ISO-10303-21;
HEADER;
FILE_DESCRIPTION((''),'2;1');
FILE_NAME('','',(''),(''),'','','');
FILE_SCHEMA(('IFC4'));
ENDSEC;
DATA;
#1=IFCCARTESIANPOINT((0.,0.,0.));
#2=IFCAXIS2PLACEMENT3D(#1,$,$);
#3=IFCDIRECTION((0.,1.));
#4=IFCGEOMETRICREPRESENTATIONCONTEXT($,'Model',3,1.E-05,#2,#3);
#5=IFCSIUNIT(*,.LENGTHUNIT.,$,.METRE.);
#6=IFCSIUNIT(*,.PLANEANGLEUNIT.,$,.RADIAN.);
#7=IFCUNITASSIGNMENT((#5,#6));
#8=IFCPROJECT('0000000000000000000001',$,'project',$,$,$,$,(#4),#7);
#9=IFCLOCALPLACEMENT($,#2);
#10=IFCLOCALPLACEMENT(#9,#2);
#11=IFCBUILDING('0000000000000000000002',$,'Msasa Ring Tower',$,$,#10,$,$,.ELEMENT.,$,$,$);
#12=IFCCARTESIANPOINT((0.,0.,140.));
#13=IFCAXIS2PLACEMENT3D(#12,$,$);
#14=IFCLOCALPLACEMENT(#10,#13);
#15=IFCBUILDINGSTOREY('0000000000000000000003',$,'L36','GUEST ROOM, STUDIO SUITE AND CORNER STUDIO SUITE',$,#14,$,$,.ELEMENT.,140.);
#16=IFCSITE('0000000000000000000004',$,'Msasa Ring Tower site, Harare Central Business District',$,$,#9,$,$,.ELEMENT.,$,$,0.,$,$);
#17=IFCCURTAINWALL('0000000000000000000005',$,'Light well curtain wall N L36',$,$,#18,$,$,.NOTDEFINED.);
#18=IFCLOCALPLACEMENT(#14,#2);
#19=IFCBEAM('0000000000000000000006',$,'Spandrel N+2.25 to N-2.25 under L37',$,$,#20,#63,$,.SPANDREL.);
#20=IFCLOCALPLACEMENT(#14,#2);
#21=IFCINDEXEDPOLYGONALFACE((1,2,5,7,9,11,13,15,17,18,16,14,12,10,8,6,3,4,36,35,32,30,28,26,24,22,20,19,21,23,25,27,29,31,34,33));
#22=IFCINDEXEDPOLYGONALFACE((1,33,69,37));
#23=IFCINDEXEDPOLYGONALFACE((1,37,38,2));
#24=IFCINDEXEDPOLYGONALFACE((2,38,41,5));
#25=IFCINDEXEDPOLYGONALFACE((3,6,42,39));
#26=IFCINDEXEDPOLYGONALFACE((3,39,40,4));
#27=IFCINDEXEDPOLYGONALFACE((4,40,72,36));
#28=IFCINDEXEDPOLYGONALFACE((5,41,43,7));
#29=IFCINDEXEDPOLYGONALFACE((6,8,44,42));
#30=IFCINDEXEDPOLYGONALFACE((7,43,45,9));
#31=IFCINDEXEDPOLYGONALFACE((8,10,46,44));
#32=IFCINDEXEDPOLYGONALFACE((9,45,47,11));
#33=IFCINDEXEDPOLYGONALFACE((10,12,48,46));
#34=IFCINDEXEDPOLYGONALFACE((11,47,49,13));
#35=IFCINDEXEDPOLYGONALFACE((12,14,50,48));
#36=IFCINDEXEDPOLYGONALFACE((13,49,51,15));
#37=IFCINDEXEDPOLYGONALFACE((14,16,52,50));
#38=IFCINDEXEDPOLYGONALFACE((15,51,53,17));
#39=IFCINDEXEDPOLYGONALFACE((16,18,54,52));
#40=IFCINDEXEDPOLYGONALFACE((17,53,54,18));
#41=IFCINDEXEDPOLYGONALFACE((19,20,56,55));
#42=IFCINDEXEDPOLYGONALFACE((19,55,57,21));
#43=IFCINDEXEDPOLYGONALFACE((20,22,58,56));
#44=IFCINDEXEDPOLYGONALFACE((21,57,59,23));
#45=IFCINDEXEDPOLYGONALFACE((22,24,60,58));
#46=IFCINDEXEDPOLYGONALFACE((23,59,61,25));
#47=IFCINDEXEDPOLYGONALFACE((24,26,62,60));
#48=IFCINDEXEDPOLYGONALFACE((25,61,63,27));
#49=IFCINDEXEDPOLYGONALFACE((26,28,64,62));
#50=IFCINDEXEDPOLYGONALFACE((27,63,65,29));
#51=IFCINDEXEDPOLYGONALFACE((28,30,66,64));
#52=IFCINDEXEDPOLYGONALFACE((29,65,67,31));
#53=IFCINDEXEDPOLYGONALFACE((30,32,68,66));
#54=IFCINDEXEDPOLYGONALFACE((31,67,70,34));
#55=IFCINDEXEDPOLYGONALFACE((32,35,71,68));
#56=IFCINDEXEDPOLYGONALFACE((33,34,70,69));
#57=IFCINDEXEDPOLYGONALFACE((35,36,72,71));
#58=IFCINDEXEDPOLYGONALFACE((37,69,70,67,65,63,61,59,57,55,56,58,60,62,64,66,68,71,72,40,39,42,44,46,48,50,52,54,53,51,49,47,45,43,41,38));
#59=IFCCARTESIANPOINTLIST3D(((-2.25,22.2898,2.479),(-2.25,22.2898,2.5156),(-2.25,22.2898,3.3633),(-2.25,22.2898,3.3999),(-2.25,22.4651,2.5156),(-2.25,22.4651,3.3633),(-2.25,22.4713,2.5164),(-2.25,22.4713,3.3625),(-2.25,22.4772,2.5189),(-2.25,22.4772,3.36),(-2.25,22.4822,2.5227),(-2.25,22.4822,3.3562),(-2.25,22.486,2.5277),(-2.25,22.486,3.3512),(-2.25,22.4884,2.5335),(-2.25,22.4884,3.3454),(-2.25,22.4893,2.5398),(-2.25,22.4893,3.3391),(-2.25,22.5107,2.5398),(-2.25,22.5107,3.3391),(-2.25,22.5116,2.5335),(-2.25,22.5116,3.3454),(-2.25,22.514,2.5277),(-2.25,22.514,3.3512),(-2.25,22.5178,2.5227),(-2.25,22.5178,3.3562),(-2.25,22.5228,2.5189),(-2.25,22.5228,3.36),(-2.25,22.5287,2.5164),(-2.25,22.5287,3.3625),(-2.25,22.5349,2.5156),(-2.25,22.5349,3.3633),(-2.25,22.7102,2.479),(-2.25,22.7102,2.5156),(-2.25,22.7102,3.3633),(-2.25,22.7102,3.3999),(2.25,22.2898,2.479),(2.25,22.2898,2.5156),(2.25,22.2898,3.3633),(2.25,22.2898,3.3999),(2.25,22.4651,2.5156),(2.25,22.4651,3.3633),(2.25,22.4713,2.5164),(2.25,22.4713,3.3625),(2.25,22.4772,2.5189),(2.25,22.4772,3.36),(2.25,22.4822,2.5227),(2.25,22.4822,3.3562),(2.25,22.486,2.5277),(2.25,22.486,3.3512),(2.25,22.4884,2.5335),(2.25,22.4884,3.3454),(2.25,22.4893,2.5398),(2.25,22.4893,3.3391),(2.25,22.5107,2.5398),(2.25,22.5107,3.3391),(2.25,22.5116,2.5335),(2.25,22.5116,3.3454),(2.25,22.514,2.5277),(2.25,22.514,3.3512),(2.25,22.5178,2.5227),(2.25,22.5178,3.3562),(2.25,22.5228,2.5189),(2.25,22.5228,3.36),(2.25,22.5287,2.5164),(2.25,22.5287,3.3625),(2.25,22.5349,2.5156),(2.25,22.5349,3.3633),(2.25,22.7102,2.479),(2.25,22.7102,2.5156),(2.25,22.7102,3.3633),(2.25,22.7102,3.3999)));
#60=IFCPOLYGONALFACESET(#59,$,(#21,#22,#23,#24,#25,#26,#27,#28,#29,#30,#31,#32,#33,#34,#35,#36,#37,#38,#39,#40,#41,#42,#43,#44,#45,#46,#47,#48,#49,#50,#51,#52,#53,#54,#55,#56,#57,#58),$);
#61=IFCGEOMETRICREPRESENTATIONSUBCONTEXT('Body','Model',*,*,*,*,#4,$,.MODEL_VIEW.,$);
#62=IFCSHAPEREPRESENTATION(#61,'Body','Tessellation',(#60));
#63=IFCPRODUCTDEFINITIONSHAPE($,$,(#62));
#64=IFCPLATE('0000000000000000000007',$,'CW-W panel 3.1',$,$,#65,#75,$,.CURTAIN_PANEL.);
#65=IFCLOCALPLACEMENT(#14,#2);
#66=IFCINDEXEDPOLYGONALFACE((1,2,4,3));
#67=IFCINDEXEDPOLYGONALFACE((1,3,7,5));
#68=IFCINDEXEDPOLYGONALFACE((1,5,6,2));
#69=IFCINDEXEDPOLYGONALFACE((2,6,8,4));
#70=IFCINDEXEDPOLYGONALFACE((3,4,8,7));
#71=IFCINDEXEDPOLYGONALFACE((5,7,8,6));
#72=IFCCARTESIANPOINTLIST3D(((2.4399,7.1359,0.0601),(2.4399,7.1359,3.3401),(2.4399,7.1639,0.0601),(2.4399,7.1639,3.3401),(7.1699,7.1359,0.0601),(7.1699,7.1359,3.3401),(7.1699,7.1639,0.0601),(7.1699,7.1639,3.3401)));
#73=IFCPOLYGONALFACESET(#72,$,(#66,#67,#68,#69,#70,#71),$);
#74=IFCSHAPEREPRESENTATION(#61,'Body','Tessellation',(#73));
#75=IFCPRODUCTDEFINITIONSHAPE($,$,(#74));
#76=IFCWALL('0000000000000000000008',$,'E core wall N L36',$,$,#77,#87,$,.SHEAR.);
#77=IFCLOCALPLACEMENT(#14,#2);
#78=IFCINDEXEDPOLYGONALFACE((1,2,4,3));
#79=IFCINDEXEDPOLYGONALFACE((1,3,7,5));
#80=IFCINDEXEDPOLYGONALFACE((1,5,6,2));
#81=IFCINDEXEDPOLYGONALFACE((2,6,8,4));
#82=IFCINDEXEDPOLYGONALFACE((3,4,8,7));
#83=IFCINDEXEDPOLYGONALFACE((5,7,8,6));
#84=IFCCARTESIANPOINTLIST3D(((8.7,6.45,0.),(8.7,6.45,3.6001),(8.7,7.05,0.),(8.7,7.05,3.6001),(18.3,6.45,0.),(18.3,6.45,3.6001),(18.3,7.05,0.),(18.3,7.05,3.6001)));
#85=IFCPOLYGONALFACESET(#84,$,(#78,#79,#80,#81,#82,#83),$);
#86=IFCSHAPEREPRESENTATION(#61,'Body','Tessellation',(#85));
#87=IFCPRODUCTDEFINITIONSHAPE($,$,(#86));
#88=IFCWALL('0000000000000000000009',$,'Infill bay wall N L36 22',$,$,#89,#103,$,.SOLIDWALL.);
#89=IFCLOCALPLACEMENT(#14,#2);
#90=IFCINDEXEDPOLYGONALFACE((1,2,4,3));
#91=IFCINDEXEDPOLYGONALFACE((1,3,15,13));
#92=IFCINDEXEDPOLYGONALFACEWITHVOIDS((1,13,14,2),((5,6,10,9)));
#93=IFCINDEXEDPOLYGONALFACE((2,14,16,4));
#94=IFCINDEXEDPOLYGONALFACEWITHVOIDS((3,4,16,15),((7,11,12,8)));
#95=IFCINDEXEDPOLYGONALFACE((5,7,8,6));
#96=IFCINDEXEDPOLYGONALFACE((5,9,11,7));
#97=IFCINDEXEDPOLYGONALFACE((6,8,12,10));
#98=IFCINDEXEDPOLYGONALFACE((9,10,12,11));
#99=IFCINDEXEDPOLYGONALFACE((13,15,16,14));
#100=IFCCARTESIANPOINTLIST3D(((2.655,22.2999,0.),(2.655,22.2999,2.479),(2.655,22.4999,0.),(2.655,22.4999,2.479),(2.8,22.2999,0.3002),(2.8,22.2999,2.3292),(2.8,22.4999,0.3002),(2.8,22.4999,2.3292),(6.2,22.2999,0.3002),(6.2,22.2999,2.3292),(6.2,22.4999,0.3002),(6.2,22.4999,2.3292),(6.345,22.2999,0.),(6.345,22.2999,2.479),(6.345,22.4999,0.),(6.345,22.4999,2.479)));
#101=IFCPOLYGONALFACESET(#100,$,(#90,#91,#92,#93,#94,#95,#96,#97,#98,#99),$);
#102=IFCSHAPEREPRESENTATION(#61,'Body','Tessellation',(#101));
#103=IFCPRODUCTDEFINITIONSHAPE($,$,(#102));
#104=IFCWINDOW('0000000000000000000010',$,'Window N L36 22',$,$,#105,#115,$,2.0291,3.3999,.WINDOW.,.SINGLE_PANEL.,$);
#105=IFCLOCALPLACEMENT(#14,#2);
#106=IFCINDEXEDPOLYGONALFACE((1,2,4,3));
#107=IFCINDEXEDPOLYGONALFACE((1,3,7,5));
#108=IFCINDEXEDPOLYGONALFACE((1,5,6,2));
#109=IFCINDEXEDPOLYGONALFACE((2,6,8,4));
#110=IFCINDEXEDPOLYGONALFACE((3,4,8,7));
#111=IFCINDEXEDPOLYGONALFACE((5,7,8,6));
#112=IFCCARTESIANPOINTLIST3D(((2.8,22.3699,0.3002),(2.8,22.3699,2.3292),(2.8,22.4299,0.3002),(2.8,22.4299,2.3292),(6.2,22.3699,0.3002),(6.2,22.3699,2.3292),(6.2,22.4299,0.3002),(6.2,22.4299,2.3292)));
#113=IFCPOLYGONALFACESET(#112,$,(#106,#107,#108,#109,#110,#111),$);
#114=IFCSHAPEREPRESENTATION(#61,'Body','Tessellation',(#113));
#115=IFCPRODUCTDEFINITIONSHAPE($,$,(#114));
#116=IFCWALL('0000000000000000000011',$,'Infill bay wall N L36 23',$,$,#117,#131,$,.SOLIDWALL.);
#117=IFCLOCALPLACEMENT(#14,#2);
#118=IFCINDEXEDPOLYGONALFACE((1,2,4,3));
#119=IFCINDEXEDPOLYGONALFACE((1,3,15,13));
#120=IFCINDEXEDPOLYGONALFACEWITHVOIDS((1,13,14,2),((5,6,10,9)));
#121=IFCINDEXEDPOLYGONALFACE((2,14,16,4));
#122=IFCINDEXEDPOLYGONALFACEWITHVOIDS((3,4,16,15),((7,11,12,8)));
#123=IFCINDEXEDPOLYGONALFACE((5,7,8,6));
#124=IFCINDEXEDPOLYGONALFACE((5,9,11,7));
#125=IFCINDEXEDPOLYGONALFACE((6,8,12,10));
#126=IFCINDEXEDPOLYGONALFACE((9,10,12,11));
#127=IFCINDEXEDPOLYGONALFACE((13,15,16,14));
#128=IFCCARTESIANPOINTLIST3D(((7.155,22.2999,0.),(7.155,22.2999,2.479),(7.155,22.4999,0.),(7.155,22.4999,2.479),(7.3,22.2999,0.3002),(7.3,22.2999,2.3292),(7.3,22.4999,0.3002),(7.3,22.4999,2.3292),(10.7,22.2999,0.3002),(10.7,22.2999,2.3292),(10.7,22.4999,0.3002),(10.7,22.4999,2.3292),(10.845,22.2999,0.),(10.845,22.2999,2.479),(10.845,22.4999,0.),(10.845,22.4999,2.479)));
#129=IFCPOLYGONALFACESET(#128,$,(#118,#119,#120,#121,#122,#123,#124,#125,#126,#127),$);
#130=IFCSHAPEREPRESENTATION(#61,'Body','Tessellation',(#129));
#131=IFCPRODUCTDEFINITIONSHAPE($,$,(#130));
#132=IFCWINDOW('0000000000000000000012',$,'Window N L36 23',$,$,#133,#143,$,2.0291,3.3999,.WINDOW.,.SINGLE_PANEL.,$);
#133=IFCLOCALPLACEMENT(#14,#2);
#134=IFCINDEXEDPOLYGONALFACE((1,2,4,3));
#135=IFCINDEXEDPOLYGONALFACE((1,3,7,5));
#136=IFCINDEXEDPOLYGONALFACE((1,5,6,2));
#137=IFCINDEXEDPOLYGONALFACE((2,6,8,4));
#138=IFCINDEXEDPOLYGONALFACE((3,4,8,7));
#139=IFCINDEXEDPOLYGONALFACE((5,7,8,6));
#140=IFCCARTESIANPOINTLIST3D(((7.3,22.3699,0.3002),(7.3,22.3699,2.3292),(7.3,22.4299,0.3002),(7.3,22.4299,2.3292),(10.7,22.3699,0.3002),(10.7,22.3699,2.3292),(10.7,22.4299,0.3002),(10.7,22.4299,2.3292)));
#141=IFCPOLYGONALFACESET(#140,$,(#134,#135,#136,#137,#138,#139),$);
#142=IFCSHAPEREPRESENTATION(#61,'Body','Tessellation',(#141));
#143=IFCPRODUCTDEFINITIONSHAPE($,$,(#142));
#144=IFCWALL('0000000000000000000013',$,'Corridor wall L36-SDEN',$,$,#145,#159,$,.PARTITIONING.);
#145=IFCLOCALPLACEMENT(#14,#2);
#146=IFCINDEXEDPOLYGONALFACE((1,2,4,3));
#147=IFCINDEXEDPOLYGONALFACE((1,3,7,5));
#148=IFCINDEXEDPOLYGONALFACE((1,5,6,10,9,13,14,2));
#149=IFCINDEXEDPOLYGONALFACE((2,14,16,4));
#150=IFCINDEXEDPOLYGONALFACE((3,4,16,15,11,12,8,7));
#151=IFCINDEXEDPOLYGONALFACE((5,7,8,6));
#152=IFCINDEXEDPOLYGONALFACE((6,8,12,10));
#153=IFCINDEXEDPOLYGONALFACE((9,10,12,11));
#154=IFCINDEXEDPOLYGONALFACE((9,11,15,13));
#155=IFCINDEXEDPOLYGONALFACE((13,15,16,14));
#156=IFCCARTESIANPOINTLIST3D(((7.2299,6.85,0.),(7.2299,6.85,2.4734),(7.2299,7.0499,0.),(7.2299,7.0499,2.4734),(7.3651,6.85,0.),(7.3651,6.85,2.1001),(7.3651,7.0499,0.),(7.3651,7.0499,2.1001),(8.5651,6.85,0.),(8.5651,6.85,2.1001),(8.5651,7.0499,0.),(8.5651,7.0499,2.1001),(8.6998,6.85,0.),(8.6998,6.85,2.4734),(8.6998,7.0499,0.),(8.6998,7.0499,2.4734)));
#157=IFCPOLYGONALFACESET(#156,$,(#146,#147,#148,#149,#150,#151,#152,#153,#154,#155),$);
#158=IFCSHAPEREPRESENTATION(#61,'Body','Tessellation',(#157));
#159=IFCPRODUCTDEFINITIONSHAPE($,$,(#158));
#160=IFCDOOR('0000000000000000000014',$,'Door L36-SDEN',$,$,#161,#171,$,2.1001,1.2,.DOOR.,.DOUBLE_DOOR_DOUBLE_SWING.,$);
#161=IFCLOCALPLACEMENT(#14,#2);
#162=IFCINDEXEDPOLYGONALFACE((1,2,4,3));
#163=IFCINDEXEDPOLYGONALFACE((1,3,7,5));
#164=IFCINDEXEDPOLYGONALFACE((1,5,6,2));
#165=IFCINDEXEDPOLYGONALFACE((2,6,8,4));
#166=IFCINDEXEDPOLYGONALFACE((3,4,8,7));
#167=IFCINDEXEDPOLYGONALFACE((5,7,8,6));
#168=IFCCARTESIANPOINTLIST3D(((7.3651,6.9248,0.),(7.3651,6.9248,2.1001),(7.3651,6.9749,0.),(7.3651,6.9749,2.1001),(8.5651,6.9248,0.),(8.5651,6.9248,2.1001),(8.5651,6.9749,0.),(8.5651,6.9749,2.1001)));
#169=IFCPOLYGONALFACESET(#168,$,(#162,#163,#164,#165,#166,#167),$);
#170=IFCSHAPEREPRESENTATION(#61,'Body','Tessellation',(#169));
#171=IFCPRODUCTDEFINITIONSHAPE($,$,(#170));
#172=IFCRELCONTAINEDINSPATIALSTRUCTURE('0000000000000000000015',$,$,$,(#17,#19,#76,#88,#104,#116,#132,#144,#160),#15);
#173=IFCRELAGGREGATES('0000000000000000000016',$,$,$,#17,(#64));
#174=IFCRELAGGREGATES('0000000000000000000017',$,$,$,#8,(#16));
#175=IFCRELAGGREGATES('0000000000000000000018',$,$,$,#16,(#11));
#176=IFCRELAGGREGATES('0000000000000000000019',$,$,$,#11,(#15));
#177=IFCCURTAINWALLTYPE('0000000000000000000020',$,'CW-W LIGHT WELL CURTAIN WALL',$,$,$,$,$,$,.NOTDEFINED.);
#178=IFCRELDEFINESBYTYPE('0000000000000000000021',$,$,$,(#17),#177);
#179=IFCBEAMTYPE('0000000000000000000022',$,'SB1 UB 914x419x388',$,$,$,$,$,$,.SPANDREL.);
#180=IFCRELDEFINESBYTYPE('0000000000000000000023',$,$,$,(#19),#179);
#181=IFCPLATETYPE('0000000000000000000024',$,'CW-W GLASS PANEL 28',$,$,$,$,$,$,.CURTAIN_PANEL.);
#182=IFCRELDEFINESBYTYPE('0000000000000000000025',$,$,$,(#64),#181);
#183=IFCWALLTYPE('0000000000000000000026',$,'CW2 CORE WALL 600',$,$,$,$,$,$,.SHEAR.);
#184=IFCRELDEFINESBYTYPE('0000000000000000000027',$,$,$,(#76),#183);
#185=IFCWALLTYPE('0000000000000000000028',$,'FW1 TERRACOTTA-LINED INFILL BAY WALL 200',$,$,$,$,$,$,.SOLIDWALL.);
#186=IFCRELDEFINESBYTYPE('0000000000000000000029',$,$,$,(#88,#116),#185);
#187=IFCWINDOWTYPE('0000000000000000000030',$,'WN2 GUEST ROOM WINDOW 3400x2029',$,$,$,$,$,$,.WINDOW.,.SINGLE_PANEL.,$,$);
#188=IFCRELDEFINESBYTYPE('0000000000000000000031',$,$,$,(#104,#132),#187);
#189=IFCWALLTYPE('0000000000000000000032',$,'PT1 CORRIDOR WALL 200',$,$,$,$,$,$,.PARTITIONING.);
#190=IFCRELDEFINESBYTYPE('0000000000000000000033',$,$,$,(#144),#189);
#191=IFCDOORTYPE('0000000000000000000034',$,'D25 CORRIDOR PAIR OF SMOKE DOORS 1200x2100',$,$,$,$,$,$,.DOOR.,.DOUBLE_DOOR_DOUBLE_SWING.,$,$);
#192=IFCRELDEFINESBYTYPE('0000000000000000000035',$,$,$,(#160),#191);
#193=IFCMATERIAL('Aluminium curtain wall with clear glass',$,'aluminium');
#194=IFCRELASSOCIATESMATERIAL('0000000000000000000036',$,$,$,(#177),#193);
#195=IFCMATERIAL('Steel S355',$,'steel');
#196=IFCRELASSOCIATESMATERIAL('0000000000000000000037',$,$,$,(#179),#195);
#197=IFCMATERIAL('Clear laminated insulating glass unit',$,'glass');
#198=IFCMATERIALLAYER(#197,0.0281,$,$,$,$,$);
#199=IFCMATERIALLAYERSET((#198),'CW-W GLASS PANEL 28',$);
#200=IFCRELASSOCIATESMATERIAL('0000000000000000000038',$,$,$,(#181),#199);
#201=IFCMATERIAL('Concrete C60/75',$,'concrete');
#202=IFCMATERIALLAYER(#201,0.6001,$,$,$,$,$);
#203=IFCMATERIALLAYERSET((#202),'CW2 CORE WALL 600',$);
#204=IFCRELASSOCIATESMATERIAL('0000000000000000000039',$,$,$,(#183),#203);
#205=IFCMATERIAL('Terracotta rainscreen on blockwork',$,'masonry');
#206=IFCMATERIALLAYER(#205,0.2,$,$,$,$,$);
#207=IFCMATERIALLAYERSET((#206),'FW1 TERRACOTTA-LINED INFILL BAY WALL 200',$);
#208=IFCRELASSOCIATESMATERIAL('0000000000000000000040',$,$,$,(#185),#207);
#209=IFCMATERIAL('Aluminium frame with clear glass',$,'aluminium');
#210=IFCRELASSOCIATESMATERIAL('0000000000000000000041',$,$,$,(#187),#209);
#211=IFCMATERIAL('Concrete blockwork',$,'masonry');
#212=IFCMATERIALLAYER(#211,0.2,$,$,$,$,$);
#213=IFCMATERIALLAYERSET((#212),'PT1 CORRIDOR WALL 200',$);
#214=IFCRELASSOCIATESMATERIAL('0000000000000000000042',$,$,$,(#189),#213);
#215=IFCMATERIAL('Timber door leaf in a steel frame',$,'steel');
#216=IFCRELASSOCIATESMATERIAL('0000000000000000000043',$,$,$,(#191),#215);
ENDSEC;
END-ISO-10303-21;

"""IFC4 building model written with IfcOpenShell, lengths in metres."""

from ifc_helpers import new_model, si_unit, direction, frame, frame_2d, origin, origin_2d, place, context, subcontext, project, spatial, rectangle, i_section, extrude, material, layer, layer_set, material_profile, profile_set, type_object, element, fill, aggregate, save


model = new_model("IFC4")

# Units and contexts
model_context = context("Model", 3, precision=1e-05, world=origin(), true_north=direction((0.0, 1.0)))
body_context = subcontext(model_context, "Body", "Model", "MODEL_VIEW")
ifc_project = project(units=[si_unit("LENGTHUNIT", "METRE"), si_unit("PLANEANGLEUNIT", "RADIAN")], contexts=[model_context])

# Site, building, storey
site_placement = place(None, origin())
site = spatial("IfcSite", under=ifc_project, at=site_placement, Name="Msasa Ring Tower site, Harare Central Business District", CompositionType="ELEMENT", RefElevation=0.0)
building_placement = place(site_placement, origin())
building = spatial("IfcBuilding", under=site, at=building_placement, Name="Msasa Ring Tower", CompositionType="ELEMENT")
storey_placement = place(building_placement, frame((0.0, 0.0, 140.0)))
storey = spatial("IfcBuildingStorey", under=building, at=storey_placement, Name="L36", Description="GUEST ROOM, STUDIO SUITE AND CORNER STUDIO SUITE", CompositionType="ELEMENT", Elevation=140.0)

# Curtain wall
ifc_material_1 = material(Name="Aluminium curtain wall with clear glass", Category="aluminium")
curtain_wall_type = type_object("IfcCurtainWallType", Name="CW-W LIGHT WELL CURTAIN WALL", PredefinedType="NOTDEFINED", material=ifc_material_1)
curtain_wall_1_placement = place(storey_placement, origin())
curtain_wall_1 = element("IfcCurtainWall", 1, at=curtain_wall_1_placement, inside=storey, type_object=curtain_wall_type, Name="Light well curtain wall N L36", PredefinedType="NOTDEFINED")

# Beam
ifc_material_2 = material(Name="Steel S355", Category="steel")
ifc_material_profile_1 = material_profile(ifc_material_2, i_section(OverallWidth=0.4204, OverallDepth=0.9209, WebThickness=0.0215, FlangeThickness=0.0366, FilletRadius=0.0242, at=origin_2d()), Name="UB 914x419x388")
ifc_profile_set_1 = profile_set([ifc_material_profile_1], Name="Steel S355")
beam_type_1 = type_object("IfcBeamType", Name="SB1 UB 914x419x388", PredefinedType="SPANDREL", material=ifc_profile_set_1)
for number, where, z_axis, x_axis, name in (
    (2, (2.25, 22.5, 2.9395), (-1.0, 0.0, 0.0), (0.0, -1.0, 0.0), "Spandrel N+2.25 to N-2.25 under L37"),
):
    element("IfcBeam", number, at=place(storey_placement, frame(where, z_axis=z_axis, x_axis=x_axis)), inside=storey, type_object=beam_type_1, Name=name, PredefinedType="SPANDREL", context=body_context, shape_type="SweptSolid", body=[
        extrude(i_section(OverallWidth=0.4204, OverallDepth=0.9209, WebThickness=0.0215, FlangeThickness=0.0366, FilletRadius=0.0242, at=origin_2d()), origin(), (0.0, 0.0, 1.0), 4.5),
    ])

# Plate
ifc_material_3 = material(Name="Clear laminated insulating glass unit", Category="glass")
ifc_layer_1 = layer(ifc_material_3, 0.0281)
ifc_layer_set_1 = layer_set([ifc_layer_1], Name="CW-W GLASS PANEL 28")
plate_type = type_object("IfcPlateType", Name="CW-W GLASS PANEL 28", PredefinedType="CURTAIN_PANEL", material=ifc_layer_set_1)
plate_placement = place(storey_placement, frame((4.8049, 7.1499, 0.0601), z_axis=(0.0, 0.0, 1.0), x_axis=(1.0, 0.0, 0.0)))
plate = element("IfcPlate", 3, at=plate_placement, type_object=plate_type, Name="CW-W panel 3.1", PredefinedType="CURTAIN_PANEL", context=body_context, shape_type="SweptSolid", body=[
    extrude(rectangle(XDim=4.73, YDim=0.0281, at=origin_2d()), origin(), (0.0, 0.0, 1.0), 3.28),
])
aggregate(curtain_wall_1, [plate])

# Wall
ifc_material_4 = material(Name="Concrete C60/75", Category="concrete")
ifc_layer_2 = layer(ifc_material_4, 0.6001)
ifc_layer_set_2 = layer_set([ifc_layer_2], Name="CW2 CORE WALL 600")
wall_type_1 = type_object("IfcWallType", Name="CW2 CORE WALL 600", PredefinedType="SHEAR", material=ifc_layer_set_2)
wall_1_placement = place(storey_placement, frame((8.7, 6.75, 0.0), z_axis=(0.0, 0.0, 1.0), x_axis=(1.0, 0.0, 0.0)))
element("IfcWall", 4, at=wall_1_placement, inside=storey, type_object=wall_type_1, Name="E core wall N L36", PredefinedType="SHEAR", context=body_context, shape_type="SweptSolid", body=[
    extrude(rectangle(XDim=9.6001, YDim=0.6001, at=frame_2d((4.8, 0.0))), origin(), (0.0, 0.0, 1.0), 3.6001),
])

# Walls, openings, windows
ifc_material_5 = material(Name="Terracotta rainscreen on blockwork", Category="masonry")
ifc_layer_3 = layer(ifc_material_5, 0.2)
ifc_layer_set_3 = layer_set([ifc_layer_3], Name="FW1 TERRACOTTA-LINED INFILL BAY WALL 200")
wall_type_2 = type_object("IfcWallType", Name="FW1 TERRACOTTA-LINED INFILL BAY WALL 200", PredefinedType="SOLIDWALL", material=ifc_layer_set_3)
wall_2_placement = place(storey_placement, frame((2.655, 22.3999, 0.0), z_axis=(0.0, 0.0, 1.0), x_axis=(1.0, 0.0, 0.0)))
wall_2 = element("IfcWall", 5, at=wall_2_placement, inside=storey, type_object=wall_type_2, Name="Infill bay wall N L36 22", PredefinedType="SOLIDWALL", context=body_context, shape_type="SweptSolid", body=[
    extrude(rectangle(XDim=3.6899, YDim=0.2, at=frame_2d((1.845, 0.0))), origin(), (0.0, 0.0, 1.0), 2.479),
])
opening_1_placement = place(wall_2_placement, frame((0.145, 0.0, 0.3)))
opening_1 = element("IfcOpeningElement", 6, at=opening_1_placement, cuts=wall_2, PredefinedType="OPENING", context=body_context, shape_type="SweptSolid", body=[
    extrude(rectangle(XDim=3.3999, YDim=2.0291, at=frame_2d((1.7, 1.0146))), frame((0.0, 0.1099, 0.0), z_axis=(0.0, -1.0, 0.0), x_axis=(1.0, 0.0, 0.0)), (0.0, 0.0, 1.0), 0.22),
])
ifc_material_6 = material(Name="Aluminium frame with clear glass", Category="aluminium")
window_type = type_object("IfcWindowType", Name="WN2 GUEST ROOM WINDOW 3400x2029", PartitioningType="SINGLE_PANEL", PredefinedType="WINDOW", material=ifc_material_6)
window_1_placement = place(opening_1_placement, origin())
window_1 = element("IfcWindow", 7, at=window_1_placement, inside=storey, type_object=window_type, Name="Window N L36 22", OverallHeight=2.0291, OverallWidth=3.3999, PartitioningType="SINGLE_PANEL", PredefinedType="WINDOW", context=body_context, shape_type="SweptSolid", body=[
    extrude(rectangle(XDim=3.3999, YDim=2.0291, at=frame_2d((1.7, 1.0146))), frame((0.0, 0.03, 0.0), z_axis=(0.0, -1.0, 0.0), x_axis=(1.0, 0.0, 0.0)), (0.0, 0.0, 1.0), 0.0601),
])
fill(opening_1, window_1)
wall_3_placement = place(storey_placement, frame((7.155, 22.3999, 0.0), z_axis=(0.0, 0.0, 1.0), x_axis=(1.0, 0.0, 0.0)))
wall_3 = element("IfcWall", 8, at=wall_3_placement, inside=storey, type_object=wall_type_2, Name="Infill bay wall N L36 23", PredefinedType="SOLIDWALL", context=body_context, shape_type="SweptSolid", body=[
    extrude(rectangle(XDim=3.6899, YDim=0.2, at=frame_2d((1.845, 0.0))), origin(), (0.0, 0.0, 1.0), 2.479),
])
opening_2_placement = place(wall_3_placement, frame((0.145, 0.0, 0.3)))
opening_2 = element("IfcOpeningElement", 9, at=opening_2_placement, cuts=wall_3, PredefinedType="OPENING", context=body_context, shape_type="SweptSolid", body=[
    extrude(rectangle(XDim=3.3999, YDim=2.0291, at=frame_2d((1.7, 1.0146))), frame((0.0, 0.1099, 0.0), z_axis=(0.0, -1.0, 0.0), x_axis=(1.0, 0.0, 0.0)), (0.0, 0.0, 1.0), 0.22),
])
window_2_placement = place(opening_2_placement, origin())
window_2 = element("IfcWindow", 10, at=window_2_placement, inside=storey, type_object=window_type, Name="Window N L36 23", OverallHeight=2.0291, OverallWidth=3.3999, PartitioningType="SINGLE_PANEL", PredefinedType="WINDOW", context=body_context, shape_type="SweptSolid", body=[
    extrude(rectangle(XDim=3.3999, YDim=2.0291, at=frame_2d((1.7, 1.0146))), frame((0.0, 0.03, 0.0), z_axis=(0.0, -1.0, 0.0), x_axis=(1.0, 0.0, 0.0)), (0.0, 0.0, 1.0), 0.0601),
])
fill(opening_2, window_2)

# Wall, opening, door
ifc_material_7 = material(Name="Concrete blockwork", Category="masonry")
ifc_layer_4 = layer(ifc_material_7, 0.2)
ifc_layer_set_4 = layer_set([ifc_layer_4], Name="PT1 CORRIDOR WALL 200")
wall_type_3 = type_object("IfcWallType", Name="PT1 CORRIDOR WALL 200", PredefinedType="PARTITIONING", material=ifc_layer_set_4)
wall_4_placement = place(storey_placement, frame((7.23, 6.95, 0.0), z_axis=(0.0, 0.0, 1.0), x_axis=(1.0, 0.0, 0.0)))
wall_4 = element("IfcWall", 11, at=wall_4_placement, inside=storey, type_object=wall_type_3, Name="Corridor wall L36-SDEN", PredefinedType="PARTITIONING", context=body_context, shape_type="SweptSolid", body=[
    extrude(rectangle(XDim=1.47, YDim=0.2, at=frame_2d((0.7349, 0.0))), origin(), (0.0, 0.0, 1.0), 2.4734),
])
opening_3_placement = place(wall_4_placement, frame((0.135, 0.0, 0.0)))
opening_3 = element("IfcOpeningElement", 12, at=opening_3_placement, cuts=wall_4, PredefinedType="OPENING", context=body_context, shape_type="SweptSolid", body=[
    extrude(rectangle(XDim=1.2, YDim=2.1001, at=frame_2d((0.6001, 1.05))), frame((0.0, 0.1099, 0.0), z_axis=(0.0, -1.0, 0.0), x_axis=(1.0, 0.0, 0.0)), (0.0, 0.0, 1.0), 0.22),
])
ifc_material_8 = material(Name="Timber door leaf in a steel frame", Category="steel")
door_type_1 = type_object("IfcDoorType", Name="D25 CORRIDOR PAIR OF SMOKE DOORS 1200x2100", OperationType="DOUBLE_DOOR_DOUBLE_SWING", PredefinedType="DOOR", material=ifc_material_8)
door_1_placement = place(opening_3_placement, origin())
door_1 = element("IfcDoor", 13, at=door_1_placement, inside=storey, type_object=door_type_1, Name="Door L36-SDEN", OperationType="DOUBLE_DOOR_DOUBLE_SWING", OverallHeight=2.1001, OverallWidth=1.2, PredefinedType="DOOR", context=body_context, shape_type="SweptSolid", body=[
    extrude(rectangle(XDim=1.2, YDim=2.1001, at=frame_2d((0.6001, 1.05))), frame((0.0, 0.0249, 0.0), z_axis=(0.0, -1.0, 0.0), x_axis=(1.0, 0.0, 0.0)), (0.0, 0.0, 1.0), 0.05),
])
fill(opening_3, door_1)

save(model, "model.ifc")
